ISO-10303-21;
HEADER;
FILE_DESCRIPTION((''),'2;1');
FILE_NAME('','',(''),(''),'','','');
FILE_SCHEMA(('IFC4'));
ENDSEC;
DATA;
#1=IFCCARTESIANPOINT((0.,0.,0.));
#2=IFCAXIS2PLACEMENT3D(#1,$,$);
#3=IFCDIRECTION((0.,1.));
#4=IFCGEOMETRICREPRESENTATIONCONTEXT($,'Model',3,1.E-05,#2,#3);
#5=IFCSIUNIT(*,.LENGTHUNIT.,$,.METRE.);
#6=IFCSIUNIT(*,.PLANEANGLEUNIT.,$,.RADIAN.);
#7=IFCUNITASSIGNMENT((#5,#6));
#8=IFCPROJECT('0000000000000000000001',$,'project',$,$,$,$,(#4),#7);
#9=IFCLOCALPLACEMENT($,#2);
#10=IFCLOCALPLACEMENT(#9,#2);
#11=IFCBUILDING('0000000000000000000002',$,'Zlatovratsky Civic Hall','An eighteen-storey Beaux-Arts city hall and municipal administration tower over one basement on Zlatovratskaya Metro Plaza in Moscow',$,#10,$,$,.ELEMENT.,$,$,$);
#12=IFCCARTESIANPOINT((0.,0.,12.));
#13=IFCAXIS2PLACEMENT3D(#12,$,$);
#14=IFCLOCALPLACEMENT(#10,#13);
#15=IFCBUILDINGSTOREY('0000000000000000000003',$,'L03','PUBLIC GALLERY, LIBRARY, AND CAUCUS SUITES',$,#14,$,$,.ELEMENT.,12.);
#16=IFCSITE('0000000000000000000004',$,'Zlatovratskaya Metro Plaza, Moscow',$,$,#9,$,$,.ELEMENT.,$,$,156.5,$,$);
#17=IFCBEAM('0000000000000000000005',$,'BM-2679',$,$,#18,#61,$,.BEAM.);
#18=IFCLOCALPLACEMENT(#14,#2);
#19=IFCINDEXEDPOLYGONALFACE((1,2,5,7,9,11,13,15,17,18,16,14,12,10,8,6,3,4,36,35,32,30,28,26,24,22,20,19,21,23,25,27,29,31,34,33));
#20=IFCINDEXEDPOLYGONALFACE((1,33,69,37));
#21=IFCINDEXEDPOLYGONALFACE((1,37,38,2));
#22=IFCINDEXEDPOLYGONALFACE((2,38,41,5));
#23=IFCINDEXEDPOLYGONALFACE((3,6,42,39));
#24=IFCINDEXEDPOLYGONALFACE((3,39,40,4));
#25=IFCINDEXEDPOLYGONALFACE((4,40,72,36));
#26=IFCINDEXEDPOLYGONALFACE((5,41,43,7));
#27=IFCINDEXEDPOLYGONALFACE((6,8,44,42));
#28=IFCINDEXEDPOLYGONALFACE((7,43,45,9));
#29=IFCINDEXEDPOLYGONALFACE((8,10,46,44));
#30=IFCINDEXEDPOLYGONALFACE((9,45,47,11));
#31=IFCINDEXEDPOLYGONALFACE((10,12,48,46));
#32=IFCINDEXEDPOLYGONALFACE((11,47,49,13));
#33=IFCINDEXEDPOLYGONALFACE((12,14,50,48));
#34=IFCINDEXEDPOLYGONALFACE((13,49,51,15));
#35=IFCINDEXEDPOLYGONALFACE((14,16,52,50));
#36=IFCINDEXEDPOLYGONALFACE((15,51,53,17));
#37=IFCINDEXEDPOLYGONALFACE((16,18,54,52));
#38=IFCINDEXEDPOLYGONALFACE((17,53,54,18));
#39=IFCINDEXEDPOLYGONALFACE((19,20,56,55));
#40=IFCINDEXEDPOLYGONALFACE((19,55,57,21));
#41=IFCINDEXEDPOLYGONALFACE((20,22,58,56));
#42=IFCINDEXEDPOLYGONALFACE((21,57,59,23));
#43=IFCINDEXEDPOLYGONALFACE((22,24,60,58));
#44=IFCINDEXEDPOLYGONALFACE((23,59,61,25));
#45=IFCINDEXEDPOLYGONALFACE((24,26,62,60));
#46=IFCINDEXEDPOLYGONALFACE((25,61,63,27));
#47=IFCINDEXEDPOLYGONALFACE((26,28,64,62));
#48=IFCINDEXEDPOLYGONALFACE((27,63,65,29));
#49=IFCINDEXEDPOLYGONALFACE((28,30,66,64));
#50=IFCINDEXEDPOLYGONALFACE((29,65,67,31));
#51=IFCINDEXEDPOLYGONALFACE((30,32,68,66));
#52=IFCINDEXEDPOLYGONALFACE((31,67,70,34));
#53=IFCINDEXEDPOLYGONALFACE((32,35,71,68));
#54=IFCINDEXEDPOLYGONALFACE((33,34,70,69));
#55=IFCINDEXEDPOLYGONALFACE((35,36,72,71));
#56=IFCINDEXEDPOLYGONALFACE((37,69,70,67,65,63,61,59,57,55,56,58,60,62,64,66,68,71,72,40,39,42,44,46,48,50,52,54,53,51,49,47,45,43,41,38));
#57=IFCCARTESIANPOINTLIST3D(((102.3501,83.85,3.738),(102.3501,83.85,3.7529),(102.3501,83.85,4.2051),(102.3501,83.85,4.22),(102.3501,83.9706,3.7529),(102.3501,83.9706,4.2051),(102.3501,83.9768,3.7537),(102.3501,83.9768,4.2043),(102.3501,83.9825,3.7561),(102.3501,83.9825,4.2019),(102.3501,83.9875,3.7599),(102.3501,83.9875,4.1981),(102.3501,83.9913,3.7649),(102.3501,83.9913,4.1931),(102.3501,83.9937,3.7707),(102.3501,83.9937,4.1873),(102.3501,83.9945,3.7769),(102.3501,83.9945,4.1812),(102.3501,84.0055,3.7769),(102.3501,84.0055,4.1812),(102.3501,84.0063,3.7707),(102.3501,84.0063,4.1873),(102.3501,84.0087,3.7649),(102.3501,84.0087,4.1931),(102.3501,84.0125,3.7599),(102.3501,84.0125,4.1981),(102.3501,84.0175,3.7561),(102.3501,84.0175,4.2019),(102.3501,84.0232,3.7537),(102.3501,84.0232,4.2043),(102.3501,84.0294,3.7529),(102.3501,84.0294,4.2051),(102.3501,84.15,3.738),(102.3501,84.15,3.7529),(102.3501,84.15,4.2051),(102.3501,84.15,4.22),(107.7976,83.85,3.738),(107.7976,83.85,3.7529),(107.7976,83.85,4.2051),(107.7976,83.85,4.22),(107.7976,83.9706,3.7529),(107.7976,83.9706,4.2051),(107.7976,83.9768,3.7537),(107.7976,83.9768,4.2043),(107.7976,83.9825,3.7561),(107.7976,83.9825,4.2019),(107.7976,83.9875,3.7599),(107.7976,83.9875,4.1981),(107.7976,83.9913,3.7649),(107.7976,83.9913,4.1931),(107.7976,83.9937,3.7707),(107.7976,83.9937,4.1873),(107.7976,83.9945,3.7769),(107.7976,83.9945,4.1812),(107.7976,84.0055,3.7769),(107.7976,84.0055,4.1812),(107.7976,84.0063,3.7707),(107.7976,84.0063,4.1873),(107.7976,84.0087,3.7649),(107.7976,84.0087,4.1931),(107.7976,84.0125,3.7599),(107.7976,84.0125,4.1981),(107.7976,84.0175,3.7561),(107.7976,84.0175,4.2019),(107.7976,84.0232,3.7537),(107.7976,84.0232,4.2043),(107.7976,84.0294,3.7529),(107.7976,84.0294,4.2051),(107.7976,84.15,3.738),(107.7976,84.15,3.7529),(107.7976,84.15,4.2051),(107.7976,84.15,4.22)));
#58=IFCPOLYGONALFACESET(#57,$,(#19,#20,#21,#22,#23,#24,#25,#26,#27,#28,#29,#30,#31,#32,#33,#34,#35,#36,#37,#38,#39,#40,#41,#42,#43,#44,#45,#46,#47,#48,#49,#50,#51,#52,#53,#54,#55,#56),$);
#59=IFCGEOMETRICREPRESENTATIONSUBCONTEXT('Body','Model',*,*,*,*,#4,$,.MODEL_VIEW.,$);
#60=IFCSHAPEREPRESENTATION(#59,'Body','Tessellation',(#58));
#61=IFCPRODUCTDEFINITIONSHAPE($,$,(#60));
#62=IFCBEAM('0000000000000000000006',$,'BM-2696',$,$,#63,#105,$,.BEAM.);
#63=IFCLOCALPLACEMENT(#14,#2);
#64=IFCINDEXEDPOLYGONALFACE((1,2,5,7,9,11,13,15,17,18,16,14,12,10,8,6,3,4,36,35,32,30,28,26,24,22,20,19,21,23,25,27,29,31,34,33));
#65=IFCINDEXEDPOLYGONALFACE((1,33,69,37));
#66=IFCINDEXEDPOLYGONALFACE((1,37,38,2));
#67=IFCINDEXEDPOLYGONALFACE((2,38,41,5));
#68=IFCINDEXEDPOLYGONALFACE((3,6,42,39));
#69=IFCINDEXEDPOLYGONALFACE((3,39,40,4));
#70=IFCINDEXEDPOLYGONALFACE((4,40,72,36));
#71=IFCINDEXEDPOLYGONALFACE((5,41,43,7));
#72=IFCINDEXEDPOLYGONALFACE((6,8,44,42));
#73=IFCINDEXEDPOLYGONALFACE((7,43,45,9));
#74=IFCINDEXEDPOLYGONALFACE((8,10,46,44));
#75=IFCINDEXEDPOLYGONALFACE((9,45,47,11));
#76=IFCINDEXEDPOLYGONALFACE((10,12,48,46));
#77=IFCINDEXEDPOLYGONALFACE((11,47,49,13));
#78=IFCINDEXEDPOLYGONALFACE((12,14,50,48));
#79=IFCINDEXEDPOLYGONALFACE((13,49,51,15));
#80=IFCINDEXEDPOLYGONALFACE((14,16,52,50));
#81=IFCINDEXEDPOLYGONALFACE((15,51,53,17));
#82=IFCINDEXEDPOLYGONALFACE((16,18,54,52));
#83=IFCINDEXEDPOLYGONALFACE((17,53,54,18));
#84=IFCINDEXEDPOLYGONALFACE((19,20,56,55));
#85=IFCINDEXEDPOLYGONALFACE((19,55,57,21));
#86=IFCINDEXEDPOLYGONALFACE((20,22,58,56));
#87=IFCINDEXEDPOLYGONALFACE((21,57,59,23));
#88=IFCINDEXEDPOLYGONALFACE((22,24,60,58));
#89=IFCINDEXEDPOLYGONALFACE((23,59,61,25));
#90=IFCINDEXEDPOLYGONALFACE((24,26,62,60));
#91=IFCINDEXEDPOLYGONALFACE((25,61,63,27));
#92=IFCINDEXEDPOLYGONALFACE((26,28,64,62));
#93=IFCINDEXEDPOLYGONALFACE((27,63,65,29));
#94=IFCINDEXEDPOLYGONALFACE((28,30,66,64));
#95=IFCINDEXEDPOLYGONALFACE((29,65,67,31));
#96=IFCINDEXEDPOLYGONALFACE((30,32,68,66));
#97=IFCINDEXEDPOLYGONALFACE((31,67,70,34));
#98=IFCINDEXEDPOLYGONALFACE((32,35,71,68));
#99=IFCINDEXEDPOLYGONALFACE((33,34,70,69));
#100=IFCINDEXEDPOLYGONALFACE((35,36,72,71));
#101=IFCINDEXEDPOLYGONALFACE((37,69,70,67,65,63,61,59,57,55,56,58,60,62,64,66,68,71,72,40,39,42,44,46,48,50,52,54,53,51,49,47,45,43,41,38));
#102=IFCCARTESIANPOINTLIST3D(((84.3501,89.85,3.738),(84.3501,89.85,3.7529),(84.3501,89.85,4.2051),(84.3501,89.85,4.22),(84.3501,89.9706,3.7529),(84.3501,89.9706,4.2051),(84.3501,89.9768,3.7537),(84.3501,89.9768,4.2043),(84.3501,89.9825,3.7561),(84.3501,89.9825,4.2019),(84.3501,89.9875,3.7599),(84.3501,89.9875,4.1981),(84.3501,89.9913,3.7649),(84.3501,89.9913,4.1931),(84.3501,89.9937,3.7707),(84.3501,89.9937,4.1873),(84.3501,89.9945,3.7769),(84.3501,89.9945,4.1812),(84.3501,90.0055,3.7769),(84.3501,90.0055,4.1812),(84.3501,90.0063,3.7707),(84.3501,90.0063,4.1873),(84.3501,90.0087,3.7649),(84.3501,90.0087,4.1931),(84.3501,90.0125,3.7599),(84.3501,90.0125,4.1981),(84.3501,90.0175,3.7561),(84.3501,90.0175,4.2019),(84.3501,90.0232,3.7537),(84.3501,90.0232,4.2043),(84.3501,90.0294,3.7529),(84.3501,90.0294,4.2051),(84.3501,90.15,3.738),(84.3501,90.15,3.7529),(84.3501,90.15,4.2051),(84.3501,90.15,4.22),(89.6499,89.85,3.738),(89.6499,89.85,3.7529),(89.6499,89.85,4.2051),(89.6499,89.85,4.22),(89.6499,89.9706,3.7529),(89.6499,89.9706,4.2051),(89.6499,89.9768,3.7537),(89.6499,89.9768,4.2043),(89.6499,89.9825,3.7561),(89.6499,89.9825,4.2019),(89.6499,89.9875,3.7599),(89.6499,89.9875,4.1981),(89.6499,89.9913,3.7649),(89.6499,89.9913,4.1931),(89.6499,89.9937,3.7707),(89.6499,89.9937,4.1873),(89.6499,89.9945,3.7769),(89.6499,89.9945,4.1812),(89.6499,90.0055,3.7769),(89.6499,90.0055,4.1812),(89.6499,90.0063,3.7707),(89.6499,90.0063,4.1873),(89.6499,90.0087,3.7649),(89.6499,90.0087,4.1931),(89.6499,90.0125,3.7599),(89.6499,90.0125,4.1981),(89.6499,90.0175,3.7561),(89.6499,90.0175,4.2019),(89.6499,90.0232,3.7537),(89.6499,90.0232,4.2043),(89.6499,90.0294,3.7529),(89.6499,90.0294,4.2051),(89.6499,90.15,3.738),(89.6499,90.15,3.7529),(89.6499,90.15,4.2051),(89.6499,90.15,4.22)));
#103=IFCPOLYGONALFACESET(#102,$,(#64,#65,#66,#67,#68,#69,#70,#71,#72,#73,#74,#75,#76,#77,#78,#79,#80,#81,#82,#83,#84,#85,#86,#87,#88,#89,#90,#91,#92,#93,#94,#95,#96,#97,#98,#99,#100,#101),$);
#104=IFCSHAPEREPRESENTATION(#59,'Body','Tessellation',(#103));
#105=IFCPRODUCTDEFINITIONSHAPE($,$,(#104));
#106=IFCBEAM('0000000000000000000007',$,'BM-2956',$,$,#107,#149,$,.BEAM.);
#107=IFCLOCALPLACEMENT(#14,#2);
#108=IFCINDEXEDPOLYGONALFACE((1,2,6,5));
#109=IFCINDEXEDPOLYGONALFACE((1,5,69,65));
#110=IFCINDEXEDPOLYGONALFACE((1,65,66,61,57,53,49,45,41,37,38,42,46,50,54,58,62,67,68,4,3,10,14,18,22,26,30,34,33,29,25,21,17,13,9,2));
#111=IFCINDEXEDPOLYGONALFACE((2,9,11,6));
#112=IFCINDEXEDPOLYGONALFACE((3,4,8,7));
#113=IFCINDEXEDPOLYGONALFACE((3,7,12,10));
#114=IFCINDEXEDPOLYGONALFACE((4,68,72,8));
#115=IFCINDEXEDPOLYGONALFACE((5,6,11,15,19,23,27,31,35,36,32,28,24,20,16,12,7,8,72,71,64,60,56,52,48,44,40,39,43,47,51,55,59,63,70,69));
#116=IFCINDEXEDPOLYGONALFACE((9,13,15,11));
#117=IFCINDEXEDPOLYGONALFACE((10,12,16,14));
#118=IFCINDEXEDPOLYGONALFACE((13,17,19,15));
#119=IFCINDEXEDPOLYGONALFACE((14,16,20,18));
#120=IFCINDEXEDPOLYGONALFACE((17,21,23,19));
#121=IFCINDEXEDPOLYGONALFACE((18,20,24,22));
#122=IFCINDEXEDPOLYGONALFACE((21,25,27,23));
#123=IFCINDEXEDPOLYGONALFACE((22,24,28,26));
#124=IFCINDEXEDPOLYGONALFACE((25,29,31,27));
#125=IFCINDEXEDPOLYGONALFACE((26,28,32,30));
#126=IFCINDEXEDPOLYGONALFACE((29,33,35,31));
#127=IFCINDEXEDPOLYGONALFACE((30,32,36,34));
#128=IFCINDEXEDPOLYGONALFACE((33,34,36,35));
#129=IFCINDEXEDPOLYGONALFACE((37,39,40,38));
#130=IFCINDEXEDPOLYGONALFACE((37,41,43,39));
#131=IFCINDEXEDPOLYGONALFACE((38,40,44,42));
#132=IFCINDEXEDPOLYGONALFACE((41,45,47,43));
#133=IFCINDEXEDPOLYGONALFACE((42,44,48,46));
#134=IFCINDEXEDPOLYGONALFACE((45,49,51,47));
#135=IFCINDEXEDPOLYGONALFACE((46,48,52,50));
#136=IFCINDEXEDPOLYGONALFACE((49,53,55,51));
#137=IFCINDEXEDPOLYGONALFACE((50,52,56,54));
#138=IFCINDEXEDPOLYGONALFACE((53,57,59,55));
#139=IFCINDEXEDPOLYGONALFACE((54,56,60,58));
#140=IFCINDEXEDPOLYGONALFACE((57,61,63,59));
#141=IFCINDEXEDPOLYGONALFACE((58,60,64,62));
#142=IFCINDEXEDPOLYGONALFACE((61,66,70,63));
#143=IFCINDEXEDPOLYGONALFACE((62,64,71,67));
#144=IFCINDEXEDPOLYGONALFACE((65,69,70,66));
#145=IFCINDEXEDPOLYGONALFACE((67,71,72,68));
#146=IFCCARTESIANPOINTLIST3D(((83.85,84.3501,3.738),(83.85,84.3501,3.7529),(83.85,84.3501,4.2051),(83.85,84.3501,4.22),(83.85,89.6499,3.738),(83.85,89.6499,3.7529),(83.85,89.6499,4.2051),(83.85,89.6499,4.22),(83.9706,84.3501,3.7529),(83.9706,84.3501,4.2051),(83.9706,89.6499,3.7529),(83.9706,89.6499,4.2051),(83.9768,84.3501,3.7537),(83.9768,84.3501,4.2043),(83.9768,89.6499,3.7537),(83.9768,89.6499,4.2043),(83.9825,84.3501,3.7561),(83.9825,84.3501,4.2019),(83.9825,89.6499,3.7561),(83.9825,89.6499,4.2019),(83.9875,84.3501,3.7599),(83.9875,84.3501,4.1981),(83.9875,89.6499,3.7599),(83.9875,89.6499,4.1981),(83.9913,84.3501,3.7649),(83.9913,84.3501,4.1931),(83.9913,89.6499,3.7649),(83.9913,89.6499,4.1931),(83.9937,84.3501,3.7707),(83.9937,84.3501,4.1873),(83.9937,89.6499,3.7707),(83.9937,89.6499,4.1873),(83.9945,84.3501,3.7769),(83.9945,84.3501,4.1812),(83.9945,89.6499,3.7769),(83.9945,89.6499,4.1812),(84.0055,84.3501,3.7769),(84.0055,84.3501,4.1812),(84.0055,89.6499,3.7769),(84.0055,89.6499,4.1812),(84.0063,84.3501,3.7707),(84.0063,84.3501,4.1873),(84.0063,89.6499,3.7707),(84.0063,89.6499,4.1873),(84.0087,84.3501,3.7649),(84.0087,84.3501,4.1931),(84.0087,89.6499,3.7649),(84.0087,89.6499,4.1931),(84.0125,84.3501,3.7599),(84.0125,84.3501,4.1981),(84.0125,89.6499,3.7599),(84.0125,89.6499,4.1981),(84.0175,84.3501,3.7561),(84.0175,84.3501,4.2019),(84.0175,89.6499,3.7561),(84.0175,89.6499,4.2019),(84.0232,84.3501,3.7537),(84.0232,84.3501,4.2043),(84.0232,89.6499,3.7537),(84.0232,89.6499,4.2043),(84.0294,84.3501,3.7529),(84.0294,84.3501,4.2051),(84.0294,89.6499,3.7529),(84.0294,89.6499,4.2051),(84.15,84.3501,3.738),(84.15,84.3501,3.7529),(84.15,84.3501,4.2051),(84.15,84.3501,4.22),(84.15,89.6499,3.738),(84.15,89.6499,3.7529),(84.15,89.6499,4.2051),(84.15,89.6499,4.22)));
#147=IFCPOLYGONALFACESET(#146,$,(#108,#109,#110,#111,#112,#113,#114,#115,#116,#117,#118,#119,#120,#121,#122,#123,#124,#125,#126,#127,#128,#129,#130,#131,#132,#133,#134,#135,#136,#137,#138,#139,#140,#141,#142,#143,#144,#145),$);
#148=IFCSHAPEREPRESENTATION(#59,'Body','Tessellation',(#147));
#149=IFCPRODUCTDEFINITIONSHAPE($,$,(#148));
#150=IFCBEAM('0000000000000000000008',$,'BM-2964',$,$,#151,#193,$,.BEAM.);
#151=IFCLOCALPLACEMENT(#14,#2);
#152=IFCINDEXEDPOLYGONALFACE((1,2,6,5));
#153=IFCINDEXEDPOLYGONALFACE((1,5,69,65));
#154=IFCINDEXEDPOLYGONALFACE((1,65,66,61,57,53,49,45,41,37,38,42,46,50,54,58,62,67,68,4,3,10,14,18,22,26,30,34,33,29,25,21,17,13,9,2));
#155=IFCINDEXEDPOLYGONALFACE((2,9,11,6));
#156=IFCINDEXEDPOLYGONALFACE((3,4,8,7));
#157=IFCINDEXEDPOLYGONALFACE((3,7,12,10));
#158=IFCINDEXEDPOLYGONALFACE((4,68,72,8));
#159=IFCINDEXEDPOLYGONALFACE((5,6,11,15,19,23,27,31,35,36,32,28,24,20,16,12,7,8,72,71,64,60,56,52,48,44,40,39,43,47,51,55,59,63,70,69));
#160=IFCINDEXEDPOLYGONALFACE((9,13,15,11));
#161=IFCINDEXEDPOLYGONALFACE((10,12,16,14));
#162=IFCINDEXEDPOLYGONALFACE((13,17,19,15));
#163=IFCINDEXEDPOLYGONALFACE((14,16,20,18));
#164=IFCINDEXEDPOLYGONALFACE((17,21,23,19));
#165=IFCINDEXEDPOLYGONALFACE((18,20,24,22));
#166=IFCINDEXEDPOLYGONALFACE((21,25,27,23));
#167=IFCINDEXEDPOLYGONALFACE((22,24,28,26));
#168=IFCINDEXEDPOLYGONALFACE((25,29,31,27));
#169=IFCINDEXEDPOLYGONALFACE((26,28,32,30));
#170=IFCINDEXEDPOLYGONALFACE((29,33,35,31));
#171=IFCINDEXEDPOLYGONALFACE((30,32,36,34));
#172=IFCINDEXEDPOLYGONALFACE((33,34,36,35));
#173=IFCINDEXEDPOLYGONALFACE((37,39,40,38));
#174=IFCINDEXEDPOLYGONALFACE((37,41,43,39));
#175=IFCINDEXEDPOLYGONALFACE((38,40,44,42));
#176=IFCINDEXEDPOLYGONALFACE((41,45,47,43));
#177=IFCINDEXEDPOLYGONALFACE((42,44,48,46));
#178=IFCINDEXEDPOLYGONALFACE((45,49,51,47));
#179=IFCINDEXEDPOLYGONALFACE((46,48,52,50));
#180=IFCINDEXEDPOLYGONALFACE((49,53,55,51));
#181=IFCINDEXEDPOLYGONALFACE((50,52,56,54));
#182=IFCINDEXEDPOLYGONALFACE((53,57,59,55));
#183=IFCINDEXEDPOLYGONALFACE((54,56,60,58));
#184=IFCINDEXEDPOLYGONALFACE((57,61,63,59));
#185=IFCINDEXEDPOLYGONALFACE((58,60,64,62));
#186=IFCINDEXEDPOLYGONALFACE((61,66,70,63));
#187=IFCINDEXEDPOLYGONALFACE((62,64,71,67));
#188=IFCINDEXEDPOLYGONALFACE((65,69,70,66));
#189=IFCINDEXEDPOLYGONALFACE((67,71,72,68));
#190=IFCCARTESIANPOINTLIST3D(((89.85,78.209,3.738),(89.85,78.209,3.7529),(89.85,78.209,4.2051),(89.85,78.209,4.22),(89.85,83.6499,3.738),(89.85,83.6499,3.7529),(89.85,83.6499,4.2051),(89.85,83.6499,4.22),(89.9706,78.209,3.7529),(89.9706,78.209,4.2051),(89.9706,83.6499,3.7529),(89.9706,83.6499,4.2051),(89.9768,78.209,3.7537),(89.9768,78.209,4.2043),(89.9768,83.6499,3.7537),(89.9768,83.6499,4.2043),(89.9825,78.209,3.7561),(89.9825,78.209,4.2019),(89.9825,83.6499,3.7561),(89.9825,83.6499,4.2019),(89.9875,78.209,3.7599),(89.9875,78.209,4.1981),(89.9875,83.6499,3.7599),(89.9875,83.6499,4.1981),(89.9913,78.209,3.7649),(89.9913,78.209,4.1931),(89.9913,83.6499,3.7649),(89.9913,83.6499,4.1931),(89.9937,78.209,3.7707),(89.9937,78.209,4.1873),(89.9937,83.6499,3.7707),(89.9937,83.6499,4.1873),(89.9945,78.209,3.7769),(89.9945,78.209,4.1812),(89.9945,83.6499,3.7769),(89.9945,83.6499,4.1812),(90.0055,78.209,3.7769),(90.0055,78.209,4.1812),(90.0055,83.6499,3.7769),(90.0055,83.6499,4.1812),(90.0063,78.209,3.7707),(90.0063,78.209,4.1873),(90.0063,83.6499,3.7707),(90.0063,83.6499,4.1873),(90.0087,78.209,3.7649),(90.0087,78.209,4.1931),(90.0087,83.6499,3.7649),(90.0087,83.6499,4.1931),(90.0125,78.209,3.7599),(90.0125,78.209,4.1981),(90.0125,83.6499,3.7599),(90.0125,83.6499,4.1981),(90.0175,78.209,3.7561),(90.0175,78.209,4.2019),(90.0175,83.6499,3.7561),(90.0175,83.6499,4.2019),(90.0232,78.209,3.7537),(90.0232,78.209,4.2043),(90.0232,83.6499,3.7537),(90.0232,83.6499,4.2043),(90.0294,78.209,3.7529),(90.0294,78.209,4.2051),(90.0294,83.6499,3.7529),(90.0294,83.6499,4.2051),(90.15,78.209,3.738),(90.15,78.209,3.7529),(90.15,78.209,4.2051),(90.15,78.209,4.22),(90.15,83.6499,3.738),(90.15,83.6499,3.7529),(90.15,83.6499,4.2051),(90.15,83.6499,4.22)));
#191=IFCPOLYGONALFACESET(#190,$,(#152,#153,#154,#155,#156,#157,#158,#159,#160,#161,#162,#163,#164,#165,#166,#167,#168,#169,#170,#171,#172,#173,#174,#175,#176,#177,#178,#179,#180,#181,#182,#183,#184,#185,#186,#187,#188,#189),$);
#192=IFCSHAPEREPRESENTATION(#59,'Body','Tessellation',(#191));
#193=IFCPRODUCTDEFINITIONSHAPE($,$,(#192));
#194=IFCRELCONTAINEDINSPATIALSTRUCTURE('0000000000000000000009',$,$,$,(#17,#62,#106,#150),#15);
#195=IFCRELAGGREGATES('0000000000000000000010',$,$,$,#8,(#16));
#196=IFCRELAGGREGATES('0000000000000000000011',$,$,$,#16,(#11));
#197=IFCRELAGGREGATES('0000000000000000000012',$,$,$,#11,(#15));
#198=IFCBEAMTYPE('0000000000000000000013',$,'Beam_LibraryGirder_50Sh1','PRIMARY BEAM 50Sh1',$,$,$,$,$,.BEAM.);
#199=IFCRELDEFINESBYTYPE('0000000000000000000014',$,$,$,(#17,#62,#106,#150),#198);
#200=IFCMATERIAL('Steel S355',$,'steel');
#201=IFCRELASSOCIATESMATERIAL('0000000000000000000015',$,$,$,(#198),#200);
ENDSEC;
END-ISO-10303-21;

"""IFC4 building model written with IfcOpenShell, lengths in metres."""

from ifc_helpers import new_model, si_unit, direction, frame, origin, origin_2d, place, context, subcontext, project, spatial, i_section, extrude, material, material_profile, profile_set, type_object, element, save


model = new_model("IFC4")

# Units and contexts
model_context = context("Model", 3, precision=1e-05, world=origin(), true_north=direction((0.0, 1.0)))
body_context = subcontext(model_context, "Body", "Model", "MODEL_VIEW")
ifc_project = project(units=[si_unit("LENGTHUNIT", "METRE"), si_unit("PLANEANGLEUNIT", "RADIAN")], contexts=[model_context])

# Site, building, storey
site_placement = place(None, origin())
site = spatial("IfcSite", under=ifc_project, at=site_placement, Name="Zlatovratskaya Metro Plaza, Moscow", CompositionType="ELEMENT", RefElevation=156.5)
building_placement = place(site_placement, origin())
building = spatial("IfcBuilding", under=site, at=building_placement, Name="Zlatovratsky Civic Hall", Description="An eighteen-storey Beaux-Arts city hall and municipal administration tower over one basement on Zlatovratskaya Metro Plaza in Moscow", CompositionType="ELEMENT")
storey_placement = place(building_placement, frame((0.0, 0.0, 12.0)))
storey = spatial("IfcBuildingStorey", under=building, at=storey_placement, Name="L03", Description="PUBLIC GALLERY, LIBRARY, AND CAUCUS SUITES", CompositionType="ELEMENT", Elevation=12.0)

# Beams
ifc_material_1 = material(Name="Steel S355", Category="steel")
ifc_material_profile_1 = material_profile(ifc_material_1, i_section(OverallWidth=0.3, OverallDepth=0.4819, WebThickness=0.011, FlangeThickness=0.0149, FilletRadius=0.0239, at=origin_2d()), Name="50Sh1")
ifc_profile_set_1 = profile_set([ifc_material_profile_1], Name="Steel S355")
beam_type = type_object("IfcBeamType", Name="Beam_LibraryGirder_50Sh1", Description="PRIMARY BEAM 50Sh1", PredefinedType="BEAM", material=ifc_profile_set_1)
beam_1_placement = place(storey_placement, frame((102.3501, 84.0, 3.979), z_axis=(1.0, 0.0, 0.0), x_axis=(0.0, 1.0, 0.0)))
element("IfcBeam", 1, at=beam_1_placement, inside=storey, type_object=beam_type, Name="BM-2679", PredefinedType="BEAM", context=body_context, shape_type="SweptSolid", body=[
    extrude(i_section(OverallWidth=0.3, OverallDepth=0.4819, WebThickness=0.011, FlangeThickness=0.0149, FilletRadius=0.0239, at=origin_2d()), origin(), (0.0, 0.0, 1.0), 5.4475),
])
for number, where, z_axis, x_axis, name in (
    (2, (84.3501, 90.0, 3.979), (1.0, 0.0, 0.0), (0.0, 1.0, 0.0), "BM-2696"),
    (3, (84.0, 84.3501, 3.979), (0.0, 1.0, 0.0), (-1.0, 0.0, 0.0), "BM-2956"),
):
    element("IfcBeam", number, at=place(storey_placement, frame(where, z_axis=z_axis, x_axis=x_axis)), inside=storey, type_object=beam_type, Name=name, PredefinedType="BEAM", context=body_context, shape_type="SweptSolid", body=[
        extrude(i_section(OverallWidth=0.3, OverallDepth=0.4819, WebThickness=0.011, FlangeThickness=0.0149, FilletRadius=0.0239, at=origin_2d()), origin(), (0.0, 0.0, 1.0), 5.2998),
    ])
beam_2_placement = place(storey_placement, frame((90.0, 78.209, 3.979), z_axis=(0.0, 1.0, 0.0), x_axis=(-1.0, 0.0, 0.0)))
element("IfcBeam", 4, at=beam_2_placement, inside=storey, type_object=beam_type, Name="BM-2964", PredefinedType="BEAM", context=body_context, shape_type="SweptSolid", body=[
    extrude(i_section(OverallWidth=0.3, OverallDepth=0.4819, WebThickness=0.011, FlangeThickness=0.0149, FilletRadius=0.0239, at=origin_2d()), origin(), (0.0, 0.0, 1.0), 5.4409),
])

save(model, "model.ifc")
